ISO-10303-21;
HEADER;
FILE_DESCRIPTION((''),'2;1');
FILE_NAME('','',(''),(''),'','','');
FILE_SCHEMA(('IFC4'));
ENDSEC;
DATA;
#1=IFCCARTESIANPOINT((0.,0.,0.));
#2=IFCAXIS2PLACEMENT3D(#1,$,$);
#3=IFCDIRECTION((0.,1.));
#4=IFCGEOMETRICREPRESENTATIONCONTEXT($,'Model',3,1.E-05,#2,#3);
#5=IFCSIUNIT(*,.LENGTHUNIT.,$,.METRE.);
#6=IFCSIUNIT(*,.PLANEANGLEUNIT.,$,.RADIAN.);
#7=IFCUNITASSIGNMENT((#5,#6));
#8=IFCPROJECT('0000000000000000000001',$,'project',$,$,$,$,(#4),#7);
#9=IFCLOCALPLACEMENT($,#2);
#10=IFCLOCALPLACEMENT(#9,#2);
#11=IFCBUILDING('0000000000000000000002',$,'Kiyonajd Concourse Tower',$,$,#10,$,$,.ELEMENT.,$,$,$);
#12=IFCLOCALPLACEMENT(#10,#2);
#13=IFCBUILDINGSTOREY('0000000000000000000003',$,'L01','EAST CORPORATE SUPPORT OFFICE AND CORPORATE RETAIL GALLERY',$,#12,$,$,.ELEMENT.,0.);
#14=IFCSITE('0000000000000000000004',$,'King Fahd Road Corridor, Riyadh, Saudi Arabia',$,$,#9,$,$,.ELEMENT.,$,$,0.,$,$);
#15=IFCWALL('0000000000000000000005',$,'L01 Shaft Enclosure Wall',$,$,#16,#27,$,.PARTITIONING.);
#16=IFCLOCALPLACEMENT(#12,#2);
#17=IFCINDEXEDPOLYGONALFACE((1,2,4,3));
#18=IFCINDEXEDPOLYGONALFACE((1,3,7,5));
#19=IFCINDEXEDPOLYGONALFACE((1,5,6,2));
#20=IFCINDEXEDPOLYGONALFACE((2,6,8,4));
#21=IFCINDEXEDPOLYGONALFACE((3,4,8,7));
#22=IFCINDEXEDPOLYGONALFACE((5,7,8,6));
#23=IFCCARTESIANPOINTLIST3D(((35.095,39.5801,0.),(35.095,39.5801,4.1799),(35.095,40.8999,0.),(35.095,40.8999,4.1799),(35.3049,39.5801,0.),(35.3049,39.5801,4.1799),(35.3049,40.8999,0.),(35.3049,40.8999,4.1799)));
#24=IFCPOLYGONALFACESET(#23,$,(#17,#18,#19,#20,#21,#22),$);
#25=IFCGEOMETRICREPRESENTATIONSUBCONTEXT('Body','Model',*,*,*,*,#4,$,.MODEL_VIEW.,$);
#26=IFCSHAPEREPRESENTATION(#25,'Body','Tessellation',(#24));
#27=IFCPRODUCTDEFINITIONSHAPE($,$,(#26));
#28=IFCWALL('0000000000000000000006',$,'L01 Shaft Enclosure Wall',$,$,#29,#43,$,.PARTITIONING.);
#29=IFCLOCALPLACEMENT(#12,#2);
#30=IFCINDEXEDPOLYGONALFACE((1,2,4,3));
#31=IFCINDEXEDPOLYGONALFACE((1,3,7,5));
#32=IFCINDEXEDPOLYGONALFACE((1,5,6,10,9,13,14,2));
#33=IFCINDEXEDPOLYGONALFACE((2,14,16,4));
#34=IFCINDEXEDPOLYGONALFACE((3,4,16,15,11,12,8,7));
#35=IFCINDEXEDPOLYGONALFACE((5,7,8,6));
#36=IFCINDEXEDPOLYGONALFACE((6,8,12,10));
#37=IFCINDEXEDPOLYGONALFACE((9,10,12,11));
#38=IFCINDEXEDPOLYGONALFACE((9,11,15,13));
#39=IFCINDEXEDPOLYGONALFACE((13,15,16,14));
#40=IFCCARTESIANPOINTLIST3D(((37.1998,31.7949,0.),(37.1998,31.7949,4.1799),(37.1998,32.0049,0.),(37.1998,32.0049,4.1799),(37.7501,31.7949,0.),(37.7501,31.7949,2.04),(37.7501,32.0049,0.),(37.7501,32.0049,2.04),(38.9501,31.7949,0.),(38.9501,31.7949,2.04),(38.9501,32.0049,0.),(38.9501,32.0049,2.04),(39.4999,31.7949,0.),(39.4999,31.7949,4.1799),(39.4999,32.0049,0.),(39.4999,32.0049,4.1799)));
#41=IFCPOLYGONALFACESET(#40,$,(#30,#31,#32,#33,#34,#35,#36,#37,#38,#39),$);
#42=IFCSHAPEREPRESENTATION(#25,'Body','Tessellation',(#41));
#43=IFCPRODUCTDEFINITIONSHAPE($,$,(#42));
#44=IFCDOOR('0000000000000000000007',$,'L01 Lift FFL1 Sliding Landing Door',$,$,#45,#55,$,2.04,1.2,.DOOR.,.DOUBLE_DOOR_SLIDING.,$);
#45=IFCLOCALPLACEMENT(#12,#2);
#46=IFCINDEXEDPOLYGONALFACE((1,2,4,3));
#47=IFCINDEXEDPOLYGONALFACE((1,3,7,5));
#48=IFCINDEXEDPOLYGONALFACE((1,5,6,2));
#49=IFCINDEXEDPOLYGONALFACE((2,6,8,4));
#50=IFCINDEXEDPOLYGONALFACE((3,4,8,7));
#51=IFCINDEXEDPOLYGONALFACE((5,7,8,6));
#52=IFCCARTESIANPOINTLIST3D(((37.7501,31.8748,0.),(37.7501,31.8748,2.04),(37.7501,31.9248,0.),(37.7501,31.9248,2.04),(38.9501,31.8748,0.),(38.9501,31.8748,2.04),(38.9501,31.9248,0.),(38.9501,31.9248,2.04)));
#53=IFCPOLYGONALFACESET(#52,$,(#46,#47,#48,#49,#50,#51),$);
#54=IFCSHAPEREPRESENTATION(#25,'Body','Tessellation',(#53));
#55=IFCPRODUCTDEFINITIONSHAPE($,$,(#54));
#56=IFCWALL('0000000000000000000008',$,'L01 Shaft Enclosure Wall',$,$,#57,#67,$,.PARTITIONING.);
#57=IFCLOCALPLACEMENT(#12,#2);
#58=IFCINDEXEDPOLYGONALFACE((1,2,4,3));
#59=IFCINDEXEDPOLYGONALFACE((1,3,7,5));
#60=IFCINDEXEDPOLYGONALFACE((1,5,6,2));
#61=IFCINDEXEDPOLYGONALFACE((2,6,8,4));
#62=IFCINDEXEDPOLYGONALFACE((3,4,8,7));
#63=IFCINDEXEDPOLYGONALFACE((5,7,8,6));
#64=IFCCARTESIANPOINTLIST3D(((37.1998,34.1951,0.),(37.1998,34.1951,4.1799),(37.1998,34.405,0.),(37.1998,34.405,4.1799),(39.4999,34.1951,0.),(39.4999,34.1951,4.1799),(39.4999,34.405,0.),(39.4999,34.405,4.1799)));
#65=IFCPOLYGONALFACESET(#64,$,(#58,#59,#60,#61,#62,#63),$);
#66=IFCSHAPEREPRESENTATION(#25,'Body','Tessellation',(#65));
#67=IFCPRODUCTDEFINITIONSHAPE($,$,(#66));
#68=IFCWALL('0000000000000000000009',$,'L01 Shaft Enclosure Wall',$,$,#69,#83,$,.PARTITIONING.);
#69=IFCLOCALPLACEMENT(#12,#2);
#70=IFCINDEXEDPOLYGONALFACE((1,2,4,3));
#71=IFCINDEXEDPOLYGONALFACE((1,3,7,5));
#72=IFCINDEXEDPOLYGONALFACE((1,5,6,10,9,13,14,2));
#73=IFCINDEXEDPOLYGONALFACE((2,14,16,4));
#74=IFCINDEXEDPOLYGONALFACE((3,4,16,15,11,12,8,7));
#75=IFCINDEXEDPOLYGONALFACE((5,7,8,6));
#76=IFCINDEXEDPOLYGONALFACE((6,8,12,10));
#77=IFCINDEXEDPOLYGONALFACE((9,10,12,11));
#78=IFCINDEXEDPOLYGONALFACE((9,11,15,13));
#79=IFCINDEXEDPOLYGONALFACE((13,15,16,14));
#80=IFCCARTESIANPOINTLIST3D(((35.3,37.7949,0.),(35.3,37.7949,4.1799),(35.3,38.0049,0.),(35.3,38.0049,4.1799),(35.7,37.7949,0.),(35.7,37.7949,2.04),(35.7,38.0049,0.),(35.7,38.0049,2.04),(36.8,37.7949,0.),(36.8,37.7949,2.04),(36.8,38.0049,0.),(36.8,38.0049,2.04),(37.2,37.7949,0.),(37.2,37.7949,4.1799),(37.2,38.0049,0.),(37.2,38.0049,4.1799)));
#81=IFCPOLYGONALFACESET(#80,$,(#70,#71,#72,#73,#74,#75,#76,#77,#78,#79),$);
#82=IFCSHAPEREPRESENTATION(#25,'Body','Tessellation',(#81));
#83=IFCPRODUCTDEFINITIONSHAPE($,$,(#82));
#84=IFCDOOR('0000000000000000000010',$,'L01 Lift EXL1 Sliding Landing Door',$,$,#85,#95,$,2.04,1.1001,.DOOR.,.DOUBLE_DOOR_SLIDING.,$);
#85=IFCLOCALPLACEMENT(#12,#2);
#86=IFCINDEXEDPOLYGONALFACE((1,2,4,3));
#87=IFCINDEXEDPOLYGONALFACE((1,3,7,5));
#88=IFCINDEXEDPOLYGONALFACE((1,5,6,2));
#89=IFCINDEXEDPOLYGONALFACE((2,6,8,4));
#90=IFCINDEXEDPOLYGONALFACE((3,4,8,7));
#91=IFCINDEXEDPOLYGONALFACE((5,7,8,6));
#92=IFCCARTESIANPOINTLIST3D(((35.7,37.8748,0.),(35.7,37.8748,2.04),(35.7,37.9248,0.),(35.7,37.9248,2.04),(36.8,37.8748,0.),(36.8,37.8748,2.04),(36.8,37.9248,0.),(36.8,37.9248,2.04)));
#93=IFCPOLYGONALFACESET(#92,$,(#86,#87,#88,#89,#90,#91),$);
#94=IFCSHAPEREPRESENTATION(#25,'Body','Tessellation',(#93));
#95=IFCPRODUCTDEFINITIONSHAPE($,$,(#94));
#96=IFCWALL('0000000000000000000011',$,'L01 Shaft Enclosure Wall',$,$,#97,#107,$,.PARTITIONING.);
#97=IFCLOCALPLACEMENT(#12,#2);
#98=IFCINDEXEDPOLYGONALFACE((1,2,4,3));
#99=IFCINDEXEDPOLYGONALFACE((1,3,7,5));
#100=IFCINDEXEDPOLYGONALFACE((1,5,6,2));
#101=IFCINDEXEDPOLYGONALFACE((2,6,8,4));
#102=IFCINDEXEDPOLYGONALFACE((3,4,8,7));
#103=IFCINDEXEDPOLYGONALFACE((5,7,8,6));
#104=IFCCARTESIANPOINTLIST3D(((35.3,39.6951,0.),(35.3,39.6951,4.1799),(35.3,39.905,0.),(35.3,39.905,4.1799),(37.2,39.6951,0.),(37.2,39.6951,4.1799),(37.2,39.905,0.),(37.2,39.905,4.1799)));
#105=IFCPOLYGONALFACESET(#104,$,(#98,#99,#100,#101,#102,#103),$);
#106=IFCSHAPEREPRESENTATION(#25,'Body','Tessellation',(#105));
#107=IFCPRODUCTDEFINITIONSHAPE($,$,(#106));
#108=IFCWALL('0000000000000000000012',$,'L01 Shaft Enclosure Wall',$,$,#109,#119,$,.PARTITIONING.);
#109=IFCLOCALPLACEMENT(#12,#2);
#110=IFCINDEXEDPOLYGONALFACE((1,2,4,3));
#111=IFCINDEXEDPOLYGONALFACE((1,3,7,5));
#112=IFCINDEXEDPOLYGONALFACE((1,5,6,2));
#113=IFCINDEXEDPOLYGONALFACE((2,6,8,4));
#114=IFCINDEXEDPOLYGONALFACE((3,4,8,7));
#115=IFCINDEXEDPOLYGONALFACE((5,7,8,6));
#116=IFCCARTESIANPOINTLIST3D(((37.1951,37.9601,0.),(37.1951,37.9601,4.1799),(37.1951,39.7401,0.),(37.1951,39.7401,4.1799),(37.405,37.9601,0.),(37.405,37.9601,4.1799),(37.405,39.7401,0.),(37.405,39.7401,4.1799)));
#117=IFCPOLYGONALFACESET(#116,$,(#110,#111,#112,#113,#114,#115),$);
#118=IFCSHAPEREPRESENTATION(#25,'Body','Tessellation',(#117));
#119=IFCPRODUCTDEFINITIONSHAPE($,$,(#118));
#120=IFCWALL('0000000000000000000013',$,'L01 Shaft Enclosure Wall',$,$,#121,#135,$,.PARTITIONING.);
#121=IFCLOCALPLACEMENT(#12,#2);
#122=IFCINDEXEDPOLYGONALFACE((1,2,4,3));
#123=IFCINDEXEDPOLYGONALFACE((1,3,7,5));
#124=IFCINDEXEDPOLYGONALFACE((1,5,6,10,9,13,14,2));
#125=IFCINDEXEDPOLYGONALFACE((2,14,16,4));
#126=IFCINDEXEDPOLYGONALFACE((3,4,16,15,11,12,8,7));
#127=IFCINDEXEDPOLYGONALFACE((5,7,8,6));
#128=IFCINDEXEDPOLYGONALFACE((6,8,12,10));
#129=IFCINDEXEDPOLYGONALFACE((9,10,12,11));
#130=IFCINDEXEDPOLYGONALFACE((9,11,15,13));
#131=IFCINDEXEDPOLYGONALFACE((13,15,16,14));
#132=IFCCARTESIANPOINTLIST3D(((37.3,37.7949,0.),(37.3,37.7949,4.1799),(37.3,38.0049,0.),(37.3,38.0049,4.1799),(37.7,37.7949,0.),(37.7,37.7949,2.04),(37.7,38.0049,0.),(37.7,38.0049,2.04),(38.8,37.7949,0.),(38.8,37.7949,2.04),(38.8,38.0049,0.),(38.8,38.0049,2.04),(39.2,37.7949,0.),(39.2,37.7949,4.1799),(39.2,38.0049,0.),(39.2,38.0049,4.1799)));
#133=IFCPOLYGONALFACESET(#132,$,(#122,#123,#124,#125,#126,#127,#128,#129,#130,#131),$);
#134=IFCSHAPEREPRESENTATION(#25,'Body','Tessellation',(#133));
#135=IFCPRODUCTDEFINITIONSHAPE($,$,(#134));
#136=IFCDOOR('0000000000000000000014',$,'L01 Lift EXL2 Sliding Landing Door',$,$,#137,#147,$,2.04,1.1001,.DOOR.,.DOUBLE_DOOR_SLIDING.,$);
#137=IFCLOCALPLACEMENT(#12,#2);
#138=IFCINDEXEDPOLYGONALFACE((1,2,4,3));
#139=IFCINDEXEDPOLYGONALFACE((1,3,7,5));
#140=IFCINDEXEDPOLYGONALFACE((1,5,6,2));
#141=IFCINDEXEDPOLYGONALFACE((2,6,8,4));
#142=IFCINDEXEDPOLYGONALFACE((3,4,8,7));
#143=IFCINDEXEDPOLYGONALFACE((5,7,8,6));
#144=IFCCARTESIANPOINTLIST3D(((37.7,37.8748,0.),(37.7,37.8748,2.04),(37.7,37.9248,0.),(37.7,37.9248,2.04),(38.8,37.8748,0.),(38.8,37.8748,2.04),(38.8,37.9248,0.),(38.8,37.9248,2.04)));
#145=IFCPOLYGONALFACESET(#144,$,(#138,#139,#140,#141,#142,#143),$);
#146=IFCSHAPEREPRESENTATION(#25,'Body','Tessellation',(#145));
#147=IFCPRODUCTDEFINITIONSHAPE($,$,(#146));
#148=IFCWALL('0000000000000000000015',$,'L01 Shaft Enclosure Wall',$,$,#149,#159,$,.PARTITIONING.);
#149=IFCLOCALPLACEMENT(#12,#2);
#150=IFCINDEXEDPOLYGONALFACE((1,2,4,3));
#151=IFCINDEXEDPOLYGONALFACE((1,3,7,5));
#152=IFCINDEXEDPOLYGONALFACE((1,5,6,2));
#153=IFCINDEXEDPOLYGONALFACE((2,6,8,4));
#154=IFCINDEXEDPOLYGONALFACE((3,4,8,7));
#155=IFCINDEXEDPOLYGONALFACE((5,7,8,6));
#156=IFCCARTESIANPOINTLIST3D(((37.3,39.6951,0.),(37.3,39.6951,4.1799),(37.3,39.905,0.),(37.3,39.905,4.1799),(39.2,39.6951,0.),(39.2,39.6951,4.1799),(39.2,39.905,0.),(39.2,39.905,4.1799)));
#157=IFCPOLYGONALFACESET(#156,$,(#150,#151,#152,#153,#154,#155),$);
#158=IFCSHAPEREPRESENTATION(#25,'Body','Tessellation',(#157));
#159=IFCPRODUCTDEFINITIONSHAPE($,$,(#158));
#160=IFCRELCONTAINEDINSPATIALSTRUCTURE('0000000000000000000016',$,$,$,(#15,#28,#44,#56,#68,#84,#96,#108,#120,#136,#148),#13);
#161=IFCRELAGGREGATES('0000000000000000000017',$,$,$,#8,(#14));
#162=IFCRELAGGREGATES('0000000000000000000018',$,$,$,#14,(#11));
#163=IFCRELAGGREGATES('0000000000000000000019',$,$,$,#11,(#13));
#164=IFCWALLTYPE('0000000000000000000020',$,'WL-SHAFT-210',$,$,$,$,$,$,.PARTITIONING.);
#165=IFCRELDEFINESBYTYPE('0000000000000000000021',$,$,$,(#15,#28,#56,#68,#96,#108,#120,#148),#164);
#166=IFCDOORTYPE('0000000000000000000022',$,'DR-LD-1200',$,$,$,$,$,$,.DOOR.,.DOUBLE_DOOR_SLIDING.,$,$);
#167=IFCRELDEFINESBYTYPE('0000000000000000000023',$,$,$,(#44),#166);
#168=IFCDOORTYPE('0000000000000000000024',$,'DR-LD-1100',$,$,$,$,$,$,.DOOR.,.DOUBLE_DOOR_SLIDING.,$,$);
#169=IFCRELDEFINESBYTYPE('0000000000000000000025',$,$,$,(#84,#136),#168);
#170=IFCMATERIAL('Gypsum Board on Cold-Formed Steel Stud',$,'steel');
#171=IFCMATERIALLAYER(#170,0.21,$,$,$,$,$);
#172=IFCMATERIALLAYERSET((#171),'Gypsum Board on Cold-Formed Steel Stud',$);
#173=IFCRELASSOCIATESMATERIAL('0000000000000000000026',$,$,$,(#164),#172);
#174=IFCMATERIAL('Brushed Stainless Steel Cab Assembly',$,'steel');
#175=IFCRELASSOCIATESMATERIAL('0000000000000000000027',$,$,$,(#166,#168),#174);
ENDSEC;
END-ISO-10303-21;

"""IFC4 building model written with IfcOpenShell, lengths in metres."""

from ifc_helpers import new_model, si_unit, direction, frame, frame_2d, origin, place, context, subcontext, project, spatial, rectangle, extrude, material, layer, layer_set, type_object, element, fill, save


model = new_model("IFC4")

# Units and contexts
model_context = context("Model", 3, precision=1e-05, world=origin(), true_north=direction((0.0, 1.0)))
body_context = subcontext(model_context, "Body", "Model", "MODEL_VIEW")
ifc_project = project(units=[si_unit("LENGTHUNIT", "METRE"), si_unit("PLANEANGLEUNIT", "RADIAN")], contexts=[model_context])

# Site, building, storey
site_placement = place(None, origin())
site = spatial("IfcSite", under=ifc_project, at=site_placement, Name="King Fahd Road Corridor, Riyadh, Saudi Arabia", CompositionType="ELEMENT", RefElevation=0.0)
building_placement = place(site_placement, origin())
building = spatial("IfcBuilding", under=site, at=building_placement, Name="Kiyonajd Concourse Tower", CompositionType="ELEMENT")
storey_placement = place(building_placement, origin())
storey = spatial("IfcBuildingStorey", under=building, at=storey_placement, Name="L01", Description="EAST CORPORATE SUPPORT OFFICE AND CORPORATE RETAIL GALLERY", CompositionType="ELEMENT", Elevation=0.0)

# Wall
ifc_material_1 = material(Name="Gypsum Board on Cold-Formed Steel Stud", Category="steel")
ifc_layer = layer(ifc_material_1, 0.21)
ifc_layer_set = layer_set([ifc_layer], Name="Gypsum Board on Cold-Formed Steel Stud")
wall_type = type_object("IfcWallType", Name="WL-SHAFT-210", PredefinedType="PARTITIONING", material=ifc_layer_set)
wall_1_placement = place(storey_placement, frame((35.2, 39.5801, 0.0), z_axis=(0.0, 0.0, 1.0), x_axis=(0.0, 1.0, 0.0)))
element("IfcWall", 1, at=wall_1_placement, inside=storey, type_object=wall_type, Name="L01 Shaft Enclosure Wall", PredefinedType="PARTITIONING", context=body_context, shape_type="SweptSolid", body=[
    extrude(rectangle(XDim=1.3198, YDim=0.21, at=frame_2d((0.6599, 0.0))), origin(), (0.0, 0.0, 1.0), 4.1799),
])

# Wall, opening, door
wall_2_placement = place(storey_placement, frame((37.2, 31.8999, 0.0), z_axis=(0.0, 0.0, 1.0), x_axis=(1.0, 0.0, 0.0)))
wall_2 = element("IfcWall", 2, at=wall_2_placement, inside=storey, type_object=wall_type, Name="L01 Shaft Enclosure Wall", PredefinedType="PARTITIONING", context=body_context, shape_type="SweptSolid", body=[
    extrude(rectangle(XDim=2.3, YDim=0.21, at=frame_2d((1.1499, 0.0))), origin(), (0.0, 0.0, 1.0), 4.1799),
])
opening_1_placement = place(wall_2_placement, frame((0.55, 0.0, 0.0)))
opening_1 = element("IfcOpeningElement", 3, at=opening_1_placement, cuts=wall_2, PredefinedType="OPENING", context=body_context, shape_type="SweptSolid", body=[
    extrude(rectangle(XDim=1.2, YDim=2.04, at=frame_2d((0.6001, 1.02))), frame((0.0, 0.115, 0.0), z_axis=(0.0, -1.0, 0.0), x_axis=(1.0, 0.0, 0.0)), (0.0, 0.0, 1.0), 0.23),
])
ifc_material_2 = material(Name="Brushed Stainless Steel Cab Assembly", Category="steel")
door_type_1 = type_object("IfcDoorType", Name="DR-LD-1200", OperationType="DOUBLE_DOOR_SLIDING", PredefinedType="DOOR", material=ifc_material_2)
door_1_placement = place(opening_1_placement, origin())
door_1 = element("IfcDoor", 4, at=door_1_placement, inside=storey, type_object=door_type_1, Name="L01 Lift FFL1 Sliding Landing Door", OperationType="DOUBLE_DOOR_SLIDING", OverallHeight=2.04, OverallWidth=1.2, PredefinedType="DOOR", context=body_context, shape_type="SweptSolid", body=[
    extrude(rectangle(XDim=1.2, YDim=2.04, at=frame_2d((0.6001, 1.02))), frame((0.0, 0.0249, 0.0), z_axis=(0.0, -1.0, 0.0), x_axis=(1.0, 0.0, 0.0)), (0.0, 0.0, 1.0), 0.05),
])
fill(opening_1, door_1)

# Wall
wall_3_placement = place(storey_placement, frame((37.2, 34.3, 0.0), z_axis=(0.0, 0.0, 1.0), x_axis=(1.0, 0.0, 0.0)))
element("IfcWall", 5, at=wall_3_placement, inside=storey, type_object=wall_type, Name="L01 Shaft Enclosure Wall", PredefinedType="PARTITIONING", context=body_context, shape_type="SweptSolid", body=[
    extrude(rectangle(XDim=2.3, YDim=0.21, at=frame_2d((1.1499, 0.0))), origin(), (0.0, 0.0, 1.0), 4.1799),
])

# Wall, opening, door
wall_4_placement = place(storey_placement, frame((35.3, 37.8999, 0.0), z_axis=(0.0, 0.0, 1.0), x_axis=(1.0, 0.0, 0.0)))
wall_4 = element("IfcWall", 6, at=wall_4_placement, inside=storey, type_object=wall_type, Name="L01 Shaft Enclosure Wall", PredefinedType="PARTITIONING", context=body_context, shape_type="SweptSolid", body=[
    extrude(rectangle(XDim=1.8999, YDim=0.21, at=frame_2d((0.95, 0.0))), origin(), (0.0, 0.0, 1.0), 4.1799),
])
opening_2_placement = place(wall_4_placement, frame((0.3999, 0.0, 0.0)))
opening_2 = element("IfcOpeningElement", 7, at=opening_2_placement, cuts=wall_4, PredefinedType="OPENING", context=body_context, shape_type="SweptSolid", body=[
    extrude(rectangle(XDim=1.1001, YDim=2.04, at=frame_2d((0.55, 1.02))), frame((0.0, 0.115, 0.0), z_axis=(0.0, -1.0, 0.0), x_axis=(1.0, 0.0, 0.0)), (0.0, 0.0, 1.0), 0.23),
])
door_type_2 = type_object("IfcDoorType", Name="DR-LD-1100", OperationType="DOUBLE_DOOR_SLIDING", PredefinedType="DOOR", material=ifc_material_2)
door_2_placement = place(opening_2_placement, origin())
door_2 = element("IfcDoor", 8, at=door_2_placement, inside=storey, type_object=door_type_2, Name="L01 Lift EXL1 Sliding Landing Door", OperationType="DOUBLE_DOOR_SLIDING", OverallHeight=2.04, OverallWidth=1.1001, PredefinedType="DOOR", context=body_context, shape_type="SweptSolid", body=[
    extrude(rectangle(XDim=1.1001, YDim=2.04, at=frame_2d((0.55, 1.02))), frame((0.0, 0.0249, 0.0), z_axis=(0.0, -1.0, 0.0), x_axis=(1.0, 0.0, 0.0)), (0.0, 0.0, 1.0), 0.05),
])
fill(opening_2, door_2)

# Walls
wall_5_placement = place(storey_placement, frame((35.3, 39.8, 0.0), z_axis=(0.0, 0.0, 1.0), x_axis=(1.0, 0.0, 0.0)))
element("IfcWall", 9, at=wall_5_placement, inside=storey, type_object=wall_type, Name="L01 Shaft Enclosure Wall", PredefinedType="PARTITIONING", context=body_context, shape_type="SweptSolid", body=[
    extrude(rectangle(XDim=1.8999, YDim=0.21, at=frame_2d((0.95, 0.0))), origin(), (0.0, 0.0, 1.0), 4.1799),
])
wall_6_placement = place(storey_placement, frame((37.3, 37.96, 0.0), z_axis=(0.0, 0.0, 1.0), x_axis=(0.0, 1.0, 0.0)))
element("IfcWall", 10, at=wall_6_placement, inside=storey, type_object=wall_type, Name="L01 Shaft Enclosure Wall", PredefinedType="PARTITIONING", context=body_context, shape_type="SweptSolid", body=[
    extrude(rectangle(XDim=1.78, YDim=0.21, at=frame_2d((0.8901, 0.0))), origin(), (0.0, 0.0, 1.0), 4.1799),
])

# Wall, opening, door
wall_7_placement = place(storey_placement, frame((37.3, 37.8999, 0.0), z_axis=(0.0, 0.0, 1.0), x_axis=(1.0, 0.0, 0.0)))
wall_7 = element("IfcWall", 11, at=wall_7_placement, inside=storey, type_object=wall_type, Name="L01 Shaft Enclosure Wall", PredefinedType="PARTITIONING", context=body_context, shape_type="SweptSolid", body=[
    extrude(rectangle(XDim=1.8999, YDim=0.21, at=frame_2d((0.95, 0.0))), origin(), (0.0, 0.0, 1.0), 4.1799),
])
opening_3_placement = place(wall_7_placement, frame((0.3999, 0.0, 0.0)))
opening_3 = element("IfcOpeningElement", 12, at=opening_3_placement, cuts=wall_7, PredefinedType="OPENING", context=body_context, shape_type="SweptSolid", body=[
    extrude(rectangle(XDim=1.1001, YDim=2.04, at=frame_2d((0.55, 1.02))), frame((0.0, 0.115, 0.0), z_axis=(0.0, -1.0, 0.0), x_axis=(1.0, 0.0, 0.0)), (0.0, 0.0, 1.0), 0.23),
])
door_3_placement = place(opening_3_placement, origin())
door_3 = element("IfcDoor", 13, at=door_3_placement, inside=storey, type_object=door_type_2, Name="L01 Lift EXL2 Sliding Landing Door", OperationType="DOUBLE_DOOR_SLIDING", OverallHeight=2.04, OverallWidth=1.1001, PredefinedType="DOOR", context=body_context, shape_type="SweptSolid", body=[
    extrude(rectangle(XDim=1.1001, YDim=2.04, at=frame_2d((0.55, 1.02))), frame((0.0, 0.0249, 0.0), z_axis=(0.0, -1.0, 0.0), x_axis=(1.0, 0.0, 0.0)), (0.0, 0.0, 1.0), 0.05),
])
fill(opening_3, door_3)

# Wall
wall_8_placement = place(storey_placement, frame((37.3, 39.8, 0.0), z_axis=(0.0, 0.0, 1.0), x_axis=(1.0, 0.0, 0.0)))
element("IfcWall", 14, at=wall_8_placement, inside=storey, type_object=wall_type, Name="L01 Shaft Enclosure Wall", PredefinedType="PARTITIONING", context=body_context, shape_type="SweptSolid", body=[
    extrude(rectangle(XDim=1.8999, YDim=0.21, at=frame_2d((0.95, 0.0))), origin(), (0.0, 0.0, 1.0), 4.1799),
])

save(model, "model.ifc")
